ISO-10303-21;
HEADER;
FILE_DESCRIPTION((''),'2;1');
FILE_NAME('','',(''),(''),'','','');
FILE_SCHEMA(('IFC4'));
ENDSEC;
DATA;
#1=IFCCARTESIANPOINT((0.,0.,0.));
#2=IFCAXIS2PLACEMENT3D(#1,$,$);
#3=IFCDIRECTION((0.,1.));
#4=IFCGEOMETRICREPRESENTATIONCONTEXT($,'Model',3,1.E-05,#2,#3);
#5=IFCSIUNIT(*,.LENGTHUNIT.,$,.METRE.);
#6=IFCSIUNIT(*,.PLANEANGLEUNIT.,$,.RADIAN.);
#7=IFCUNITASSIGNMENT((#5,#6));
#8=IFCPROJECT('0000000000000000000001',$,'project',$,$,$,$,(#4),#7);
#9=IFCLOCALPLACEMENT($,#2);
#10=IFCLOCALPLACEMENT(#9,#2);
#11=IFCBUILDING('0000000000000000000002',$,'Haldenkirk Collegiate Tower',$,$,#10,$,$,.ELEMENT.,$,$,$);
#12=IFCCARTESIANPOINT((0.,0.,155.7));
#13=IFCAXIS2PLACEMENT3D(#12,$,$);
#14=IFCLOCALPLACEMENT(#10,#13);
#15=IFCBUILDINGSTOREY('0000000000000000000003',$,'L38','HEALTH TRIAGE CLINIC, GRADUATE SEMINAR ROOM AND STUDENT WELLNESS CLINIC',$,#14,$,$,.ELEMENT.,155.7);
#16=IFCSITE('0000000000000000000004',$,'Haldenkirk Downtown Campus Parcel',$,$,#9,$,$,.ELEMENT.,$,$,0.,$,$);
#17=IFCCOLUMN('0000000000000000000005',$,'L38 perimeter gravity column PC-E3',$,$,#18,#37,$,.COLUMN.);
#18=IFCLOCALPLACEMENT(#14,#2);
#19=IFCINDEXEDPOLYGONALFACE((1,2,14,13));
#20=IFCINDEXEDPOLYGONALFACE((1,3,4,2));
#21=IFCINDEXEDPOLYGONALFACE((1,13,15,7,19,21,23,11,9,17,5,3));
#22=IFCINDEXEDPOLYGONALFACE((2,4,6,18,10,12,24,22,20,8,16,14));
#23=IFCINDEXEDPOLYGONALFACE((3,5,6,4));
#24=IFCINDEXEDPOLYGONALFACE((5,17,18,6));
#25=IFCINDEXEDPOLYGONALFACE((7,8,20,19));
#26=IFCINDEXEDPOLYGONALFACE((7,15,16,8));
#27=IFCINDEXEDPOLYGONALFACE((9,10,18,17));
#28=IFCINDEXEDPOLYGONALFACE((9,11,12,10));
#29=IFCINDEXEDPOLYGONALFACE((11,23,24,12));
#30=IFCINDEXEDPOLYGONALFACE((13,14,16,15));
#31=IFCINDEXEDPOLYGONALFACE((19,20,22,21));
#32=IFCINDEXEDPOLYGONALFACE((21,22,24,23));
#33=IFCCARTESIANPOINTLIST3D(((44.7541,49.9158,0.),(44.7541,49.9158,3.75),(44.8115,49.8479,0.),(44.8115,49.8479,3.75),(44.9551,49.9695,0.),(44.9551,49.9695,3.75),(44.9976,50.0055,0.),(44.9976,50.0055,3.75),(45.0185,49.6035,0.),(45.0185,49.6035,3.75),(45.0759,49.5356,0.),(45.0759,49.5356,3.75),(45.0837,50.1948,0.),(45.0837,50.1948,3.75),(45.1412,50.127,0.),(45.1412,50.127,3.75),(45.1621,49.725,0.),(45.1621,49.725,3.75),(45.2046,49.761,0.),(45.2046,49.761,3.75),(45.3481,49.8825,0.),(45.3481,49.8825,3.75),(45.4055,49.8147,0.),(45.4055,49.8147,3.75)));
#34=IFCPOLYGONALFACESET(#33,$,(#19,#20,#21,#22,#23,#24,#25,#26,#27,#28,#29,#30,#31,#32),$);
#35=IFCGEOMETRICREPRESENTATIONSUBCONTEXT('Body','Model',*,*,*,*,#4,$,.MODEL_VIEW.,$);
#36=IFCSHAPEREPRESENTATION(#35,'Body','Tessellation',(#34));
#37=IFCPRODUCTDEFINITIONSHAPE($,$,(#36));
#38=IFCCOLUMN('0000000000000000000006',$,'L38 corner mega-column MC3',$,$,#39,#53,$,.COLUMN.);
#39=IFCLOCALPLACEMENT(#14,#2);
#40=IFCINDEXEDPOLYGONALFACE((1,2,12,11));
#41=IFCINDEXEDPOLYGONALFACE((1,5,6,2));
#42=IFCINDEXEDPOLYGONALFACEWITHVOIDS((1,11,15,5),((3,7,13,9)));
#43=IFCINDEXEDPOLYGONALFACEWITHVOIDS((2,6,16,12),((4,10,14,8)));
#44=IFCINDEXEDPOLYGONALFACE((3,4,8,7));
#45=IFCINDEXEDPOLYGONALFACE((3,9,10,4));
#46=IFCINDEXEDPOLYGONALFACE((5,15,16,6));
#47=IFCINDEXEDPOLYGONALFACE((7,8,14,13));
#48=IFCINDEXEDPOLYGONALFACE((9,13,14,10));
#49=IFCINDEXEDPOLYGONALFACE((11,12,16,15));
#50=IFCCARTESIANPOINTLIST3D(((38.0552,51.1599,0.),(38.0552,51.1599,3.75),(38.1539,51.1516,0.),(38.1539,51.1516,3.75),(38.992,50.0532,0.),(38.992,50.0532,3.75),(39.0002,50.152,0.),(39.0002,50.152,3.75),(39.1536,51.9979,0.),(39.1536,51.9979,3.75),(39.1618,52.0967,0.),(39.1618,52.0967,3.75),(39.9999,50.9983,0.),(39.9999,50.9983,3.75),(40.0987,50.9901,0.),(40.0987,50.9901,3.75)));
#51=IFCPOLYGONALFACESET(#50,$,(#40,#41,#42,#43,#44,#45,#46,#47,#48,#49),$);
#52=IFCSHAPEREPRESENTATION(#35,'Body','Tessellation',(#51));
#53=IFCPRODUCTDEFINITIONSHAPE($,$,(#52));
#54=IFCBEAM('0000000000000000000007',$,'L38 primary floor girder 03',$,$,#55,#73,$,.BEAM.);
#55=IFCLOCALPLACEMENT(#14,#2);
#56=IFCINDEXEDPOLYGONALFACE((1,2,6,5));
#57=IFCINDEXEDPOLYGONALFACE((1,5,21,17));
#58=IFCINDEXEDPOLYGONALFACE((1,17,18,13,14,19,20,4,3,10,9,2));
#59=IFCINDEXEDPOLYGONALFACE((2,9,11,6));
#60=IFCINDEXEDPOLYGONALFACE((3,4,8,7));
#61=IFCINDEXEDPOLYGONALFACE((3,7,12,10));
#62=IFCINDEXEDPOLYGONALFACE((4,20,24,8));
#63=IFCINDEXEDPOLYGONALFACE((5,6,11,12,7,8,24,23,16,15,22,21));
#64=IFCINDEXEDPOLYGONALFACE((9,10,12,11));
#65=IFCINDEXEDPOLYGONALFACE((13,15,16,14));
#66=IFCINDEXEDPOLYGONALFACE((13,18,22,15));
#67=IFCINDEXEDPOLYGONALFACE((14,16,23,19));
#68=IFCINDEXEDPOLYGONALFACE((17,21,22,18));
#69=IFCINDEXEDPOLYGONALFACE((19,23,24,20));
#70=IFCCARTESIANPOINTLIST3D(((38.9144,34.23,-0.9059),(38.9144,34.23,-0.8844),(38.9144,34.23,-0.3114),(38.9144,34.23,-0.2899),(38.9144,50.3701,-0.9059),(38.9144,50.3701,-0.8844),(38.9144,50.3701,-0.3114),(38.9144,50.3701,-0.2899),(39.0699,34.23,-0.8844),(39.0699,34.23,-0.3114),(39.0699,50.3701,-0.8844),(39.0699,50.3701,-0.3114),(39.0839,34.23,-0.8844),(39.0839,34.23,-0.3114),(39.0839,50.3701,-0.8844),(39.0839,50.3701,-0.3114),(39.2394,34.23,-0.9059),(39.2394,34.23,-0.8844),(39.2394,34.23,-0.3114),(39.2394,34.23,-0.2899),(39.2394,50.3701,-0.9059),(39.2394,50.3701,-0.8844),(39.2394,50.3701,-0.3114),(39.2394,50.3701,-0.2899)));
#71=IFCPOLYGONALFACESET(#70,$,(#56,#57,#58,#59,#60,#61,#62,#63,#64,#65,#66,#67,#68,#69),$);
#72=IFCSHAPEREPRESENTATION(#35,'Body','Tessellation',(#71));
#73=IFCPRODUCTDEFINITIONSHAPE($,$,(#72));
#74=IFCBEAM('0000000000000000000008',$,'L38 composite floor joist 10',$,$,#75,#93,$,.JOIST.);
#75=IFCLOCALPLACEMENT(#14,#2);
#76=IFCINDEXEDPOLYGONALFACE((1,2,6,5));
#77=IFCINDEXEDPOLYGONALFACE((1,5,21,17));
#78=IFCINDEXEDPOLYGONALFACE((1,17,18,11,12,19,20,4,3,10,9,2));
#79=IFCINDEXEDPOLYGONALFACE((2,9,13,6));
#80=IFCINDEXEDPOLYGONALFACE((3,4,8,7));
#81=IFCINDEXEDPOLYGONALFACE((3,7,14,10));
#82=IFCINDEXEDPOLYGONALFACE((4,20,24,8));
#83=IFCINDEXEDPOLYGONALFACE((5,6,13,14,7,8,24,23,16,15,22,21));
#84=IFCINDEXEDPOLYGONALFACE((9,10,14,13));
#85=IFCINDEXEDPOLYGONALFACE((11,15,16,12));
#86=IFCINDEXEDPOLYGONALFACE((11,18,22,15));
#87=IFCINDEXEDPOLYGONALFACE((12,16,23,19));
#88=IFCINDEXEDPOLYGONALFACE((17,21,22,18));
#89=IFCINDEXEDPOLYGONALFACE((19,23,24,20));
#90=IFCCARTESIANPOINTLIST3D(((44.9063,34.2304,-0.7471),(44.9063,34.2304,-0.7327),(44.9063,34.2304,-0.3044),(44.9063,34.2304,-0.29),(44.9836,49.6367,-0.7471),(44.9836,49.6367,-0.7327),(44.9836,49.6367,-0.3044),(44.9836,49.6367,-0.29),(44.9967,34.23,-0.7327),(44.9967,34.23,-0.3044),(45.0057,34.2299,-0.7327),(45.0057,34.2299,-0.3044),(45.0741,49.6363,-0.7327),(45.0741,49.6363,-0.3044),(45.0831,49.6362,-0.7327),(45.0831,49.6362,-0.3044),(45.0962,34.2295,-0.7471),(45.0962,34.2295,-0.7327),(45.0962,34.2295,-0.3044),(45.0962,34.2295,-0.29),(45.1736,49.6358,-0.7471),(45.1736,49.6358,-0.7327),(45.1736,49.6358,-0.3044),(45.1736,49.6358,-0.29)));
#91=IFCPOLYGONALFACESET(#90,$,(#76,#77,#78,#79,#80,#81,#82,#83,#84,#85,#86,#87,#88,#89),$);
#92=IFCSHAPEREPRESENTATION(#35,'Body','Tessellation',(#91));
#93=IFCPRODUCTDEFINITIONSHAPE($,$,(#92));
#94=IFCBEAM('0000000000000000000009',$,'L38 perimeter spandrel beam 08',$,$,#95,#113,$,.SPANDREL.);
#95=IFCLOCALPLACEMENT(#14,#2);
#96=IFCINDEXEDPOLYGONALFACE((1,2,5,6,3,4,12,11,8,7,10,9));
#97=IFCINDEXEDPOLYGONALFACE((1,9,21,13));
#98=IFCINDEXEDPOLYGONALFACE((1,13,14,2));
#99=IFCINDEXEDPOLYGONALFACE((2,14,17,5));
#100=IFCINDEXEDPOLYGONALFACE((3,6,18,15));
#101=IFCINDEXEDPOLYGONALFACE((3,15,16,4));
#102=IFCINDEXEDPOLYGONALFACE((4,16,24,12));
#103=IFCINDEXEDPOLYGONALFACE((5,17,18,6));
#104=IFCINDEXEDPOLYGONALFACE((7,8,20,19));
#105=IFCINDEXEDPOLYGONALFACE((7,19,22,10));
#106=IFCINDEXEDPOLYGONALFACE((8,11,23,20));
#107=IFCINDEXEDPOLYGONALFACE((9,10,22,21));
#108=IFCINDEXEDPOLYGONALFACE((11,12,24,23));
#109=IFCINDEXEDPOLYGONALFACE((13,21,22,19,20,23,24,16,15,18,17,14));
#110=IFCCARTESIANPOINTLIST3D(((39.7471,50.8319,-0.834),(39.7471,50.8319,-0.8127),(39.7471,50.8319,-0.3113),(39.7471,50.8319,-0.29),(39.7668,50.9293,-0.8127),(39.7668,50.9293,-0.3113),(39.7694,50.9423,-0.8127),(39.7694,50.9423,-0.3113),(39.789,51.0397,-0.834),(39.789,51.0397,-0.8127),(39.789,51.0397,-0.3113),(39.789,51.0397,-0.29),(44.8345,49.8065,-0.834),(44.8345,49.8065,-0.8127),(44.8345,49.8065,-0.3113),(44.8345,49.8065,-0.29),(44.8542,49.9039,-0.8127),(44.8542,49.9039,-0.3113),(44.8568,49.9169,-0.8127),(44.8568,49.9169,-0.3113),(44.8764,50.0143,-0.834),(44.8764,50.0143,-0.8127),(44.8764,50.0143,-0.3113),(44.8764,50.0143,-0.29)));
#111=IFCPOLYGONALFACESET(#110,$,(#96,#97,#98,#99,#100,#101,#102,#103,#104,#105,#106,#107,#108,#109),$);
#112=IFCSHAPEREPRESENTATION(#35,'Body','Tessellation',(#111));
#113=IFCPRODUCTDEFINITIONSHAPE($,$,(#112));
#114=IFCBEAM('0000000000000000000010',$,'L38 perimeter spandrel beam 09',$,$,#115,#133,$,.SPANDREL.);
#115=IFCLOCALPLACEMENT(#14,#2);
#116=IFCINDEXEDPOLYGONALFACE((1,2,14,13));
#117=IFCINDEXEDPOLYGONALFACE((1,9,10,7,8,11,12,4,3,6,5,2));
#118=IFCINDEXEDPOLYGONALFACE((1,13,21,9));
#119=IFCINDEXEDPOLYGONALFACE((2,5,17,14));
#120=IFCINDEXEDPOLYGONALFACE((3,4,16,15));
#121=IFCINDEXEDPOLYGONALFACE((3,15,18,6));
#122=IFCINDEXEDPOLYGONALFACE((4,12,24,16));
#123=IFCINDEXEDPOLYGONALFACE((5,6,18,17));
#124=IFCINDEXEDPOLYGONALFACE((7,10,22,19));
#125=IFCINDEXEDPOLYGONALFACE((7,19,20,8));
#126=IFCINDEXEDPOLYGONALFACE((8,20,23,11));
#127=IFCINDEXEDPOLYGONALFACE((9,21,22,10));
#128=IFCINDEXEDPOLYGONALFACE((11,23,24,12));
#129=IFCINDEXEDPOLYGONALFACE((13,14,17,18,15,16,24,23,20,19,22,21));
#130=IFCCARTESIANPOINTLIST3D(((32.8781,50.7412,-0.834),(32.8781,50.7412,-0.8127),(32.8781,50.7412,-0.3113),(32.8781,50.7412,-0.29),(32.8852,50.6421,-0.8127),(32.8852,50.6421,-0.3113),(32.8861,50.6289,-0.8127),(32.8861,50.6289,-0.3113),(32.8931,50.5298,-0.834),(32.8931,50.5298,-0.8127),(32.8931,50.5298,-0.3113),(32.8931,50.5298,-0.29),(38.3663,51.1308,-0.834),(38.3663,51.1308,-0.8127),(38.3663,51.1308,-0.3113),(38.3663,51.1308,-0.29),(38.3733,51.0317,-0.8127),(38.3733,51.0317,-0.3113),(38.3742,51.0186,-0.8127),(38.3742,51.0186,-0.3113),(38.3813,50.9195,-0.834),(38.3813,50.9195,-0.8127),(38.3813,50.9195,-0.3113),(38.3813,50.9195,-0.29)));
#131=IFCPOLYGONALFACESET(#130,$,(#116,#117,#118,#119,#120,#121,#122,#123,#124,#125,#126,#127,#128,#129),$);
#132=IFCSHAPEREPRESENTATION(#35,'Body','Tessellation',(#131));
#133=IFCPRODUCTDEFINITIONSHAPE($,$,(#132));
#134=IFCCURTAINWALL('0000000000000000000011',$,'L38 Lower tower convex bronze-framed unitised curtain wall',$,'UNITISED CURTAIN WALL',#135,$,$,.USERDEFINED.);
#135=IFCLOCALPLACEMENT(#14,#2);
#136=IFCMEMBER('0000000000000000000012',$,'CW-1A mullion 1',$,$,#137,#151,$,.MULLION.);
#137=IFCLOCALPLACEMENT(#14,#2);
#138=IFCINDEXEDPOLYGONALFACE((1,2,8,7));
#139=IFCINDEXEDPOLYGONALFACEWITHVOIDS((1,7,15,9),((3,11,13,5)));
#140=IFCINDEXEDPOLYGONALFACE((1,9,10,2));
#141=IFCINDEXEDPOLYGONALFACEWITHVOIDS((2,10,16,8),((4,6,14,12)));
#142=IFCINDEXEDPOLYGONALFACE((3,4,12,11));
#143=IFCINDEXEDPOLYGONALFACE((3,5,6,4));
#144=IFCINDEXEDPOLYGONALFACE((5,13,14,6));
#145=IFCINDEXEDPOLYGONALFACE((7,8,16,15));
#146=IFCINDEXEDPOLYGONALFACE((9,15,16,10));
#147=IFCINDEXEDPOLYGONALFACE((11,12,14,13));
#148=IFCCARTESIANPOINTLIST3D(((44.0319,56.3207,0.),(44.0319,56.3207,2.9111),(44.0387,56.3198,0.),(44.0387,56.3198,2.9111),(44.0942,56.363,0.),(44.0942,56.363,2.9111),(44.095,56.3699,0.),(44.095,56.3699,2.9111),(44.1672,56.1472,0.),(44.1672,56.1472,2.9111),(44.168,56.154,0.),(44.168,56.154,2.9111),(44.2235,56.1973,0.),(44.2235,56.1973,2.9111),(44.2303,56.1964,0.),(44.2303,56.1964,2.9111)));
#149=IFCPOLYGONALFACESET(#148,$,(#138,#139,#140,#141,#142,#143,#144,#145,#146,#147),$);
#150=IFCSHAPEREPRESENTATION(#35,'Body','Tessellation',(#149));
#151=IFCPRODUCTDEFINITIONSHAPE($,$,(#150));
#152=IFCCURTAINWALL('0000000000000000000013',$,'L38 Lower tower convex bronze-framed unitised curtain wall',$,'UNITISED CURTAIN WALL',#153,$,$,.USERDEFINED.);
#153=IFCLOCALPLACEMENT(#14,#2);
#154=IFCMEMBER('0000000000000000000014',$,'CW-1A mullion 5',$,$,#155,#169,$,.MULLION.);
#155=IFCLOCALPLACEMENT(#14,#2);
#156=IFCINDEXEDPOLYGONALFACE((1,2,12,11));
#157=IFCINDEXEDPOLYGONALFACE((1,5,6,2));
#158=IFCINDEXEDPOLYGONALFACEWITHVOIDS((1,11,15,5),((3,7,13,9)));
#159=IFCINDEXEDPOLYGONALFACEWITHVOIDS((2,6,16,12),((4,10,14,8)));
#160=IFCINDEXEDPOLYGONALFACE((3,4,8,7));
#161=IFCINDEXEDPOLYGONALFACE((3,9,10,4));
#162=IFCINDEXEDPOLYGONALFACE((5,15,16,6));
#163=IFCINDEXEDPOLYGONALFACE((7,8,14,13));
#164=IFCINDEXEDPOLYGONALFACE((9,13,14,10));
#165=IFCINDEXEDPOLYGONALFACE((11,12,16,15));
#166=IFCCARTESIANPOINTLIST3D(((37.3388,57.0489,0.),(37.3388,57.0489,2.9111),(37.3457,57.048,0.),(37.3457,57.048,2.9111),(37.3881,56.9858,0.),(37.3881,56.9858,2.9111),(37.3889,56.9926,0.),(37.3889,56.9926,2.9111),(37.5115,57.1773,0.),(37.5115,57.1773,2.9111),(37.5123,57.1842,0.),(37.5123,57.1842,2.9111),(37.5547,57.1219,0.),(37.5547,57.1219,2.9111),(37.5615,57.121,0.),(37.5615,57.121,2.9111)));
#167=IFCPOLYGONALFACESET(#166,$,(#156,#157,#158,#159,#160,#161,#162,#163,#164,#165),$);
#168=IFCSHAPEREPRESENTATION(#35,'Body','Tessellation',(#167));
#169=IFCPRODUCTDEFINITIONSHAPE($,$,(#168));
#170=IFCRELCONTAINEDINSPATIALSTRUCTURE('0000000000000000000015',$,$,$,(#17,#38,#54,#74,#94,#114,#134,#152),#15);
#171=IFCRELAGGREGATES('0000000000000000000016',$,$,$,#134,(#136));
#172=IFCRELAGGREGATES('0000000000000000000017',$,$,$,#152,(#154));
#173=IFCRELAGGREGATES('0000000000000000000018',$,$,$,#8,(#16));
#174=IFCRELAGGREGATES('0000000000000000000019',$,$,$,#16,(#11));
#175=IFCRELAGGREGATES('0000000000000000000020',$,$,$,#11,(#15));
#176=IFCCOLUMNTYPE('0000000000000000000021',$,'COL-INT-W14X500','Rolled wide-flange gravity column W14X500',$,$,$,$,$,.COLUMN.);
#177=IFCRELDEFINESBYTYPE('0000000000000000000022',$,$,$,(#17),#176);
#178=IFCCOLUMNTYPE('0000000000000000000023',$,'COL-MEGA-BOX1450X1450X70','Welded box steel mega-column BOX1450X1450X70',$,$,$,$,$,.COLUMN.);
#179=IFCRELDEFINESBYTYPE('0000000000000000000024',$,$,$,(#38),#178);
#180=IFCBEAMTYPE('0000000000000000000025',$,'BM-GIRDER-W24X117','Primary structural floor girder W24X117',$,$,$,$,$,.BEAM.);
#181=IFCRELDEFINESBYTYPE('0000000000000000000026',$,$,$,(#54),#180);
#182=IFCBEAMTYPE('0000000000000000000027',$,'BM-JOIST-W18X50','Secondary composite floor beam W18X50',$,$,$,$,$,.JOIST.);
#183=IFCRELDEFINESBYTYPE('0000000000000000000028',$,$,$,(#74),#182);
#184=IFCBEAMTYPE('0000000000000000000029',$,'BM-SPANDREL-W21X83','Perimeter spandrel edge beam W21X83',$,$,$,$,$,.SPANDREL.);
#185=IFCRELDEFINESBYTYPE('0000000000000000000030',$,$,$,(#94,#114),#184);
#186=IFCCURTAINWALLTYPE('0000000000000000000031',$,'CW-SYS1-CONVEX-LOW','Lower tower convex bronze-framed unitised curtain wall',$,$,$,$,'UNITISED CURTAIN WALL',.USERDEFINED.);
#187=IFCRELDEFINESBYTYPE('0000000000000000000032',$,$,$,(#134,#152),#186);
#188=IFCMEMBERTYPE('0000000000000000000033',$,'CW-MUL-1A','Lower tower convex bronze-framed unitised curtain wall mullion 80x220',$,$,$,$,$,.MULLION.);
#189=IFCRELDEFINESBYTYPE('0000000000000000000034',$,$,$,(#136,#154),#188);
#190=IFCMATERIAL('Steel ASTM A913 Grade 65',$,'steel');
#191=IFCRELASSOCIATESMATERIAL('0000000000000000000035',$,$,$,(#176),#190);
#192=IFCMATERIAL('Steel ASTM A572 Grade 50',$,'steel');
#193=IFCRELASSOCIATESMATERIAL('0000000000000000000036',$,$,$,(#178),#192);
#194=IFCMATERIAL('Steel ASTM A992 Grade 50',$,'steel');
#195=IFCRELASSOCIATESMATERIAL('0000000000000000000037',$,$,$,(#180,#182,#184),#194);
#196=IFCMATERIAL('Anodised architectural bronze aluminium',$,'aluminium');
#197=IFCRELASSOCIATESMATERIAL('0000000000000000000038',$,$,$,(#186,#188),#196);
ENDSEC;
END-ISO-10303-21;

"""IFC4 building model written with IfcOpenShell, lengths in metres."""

from ifc_helpers import new_model, si_unit, direction, frame, origin, origin_2d, place, context, subcontext, project, spatial, hollow_rectangle, i_section, extrude, material, material_profile, profile_set, type_object, element, aggregate, save


model = new_model("IFC4")

# Units and contexts
model_context = context("Model", 3, precision=1e-05, world=origin(), true_north=direction((0.0, 1.0)))
body_context = subcontext(model_context, "Body", "Model", "MODEL_VIEW")
ifc_project = project(units=[si_unit("LENGTHUNIT", "METRE"), si_unit("PLANEANGLEUNIT", "RADIAN")], contexts=[model_context])

# Site, building, storey
site_placement = place(None, origin())
site = spatial("IfcSite", under=ifc_project, at=site_placement, Name="Haldenkirk Downtown Campus Parcel", CompositionType="ELEMENT", RefElevation=0.0)
building_placement = place(site_placement, origin())
building = spatial("IfcBuilding", under=site, at=building_placement, Name="Haldenkirk Collegiate Tower", CompositionType="ELEMENT")
storey_placement = place(building_placement, frame((0.0, 0.0, 155.7)))
storey = spatial("IfcBuildingStorey", under=building, at=storey_placement, Name="L38", Description="HEALTH TRIAGE CLINIC, GRADUATE SEMINAR ROOM AND STUDENT WELLNESS CLINIC", CompositionType="ELEMENT", Elevation=155.7)

# Columns
ifc_material_1 = material(Name="Steel ASTM A913 Grade 65", Category="steel")
ifc_material_profile_1 = material_profile(ifc_material_1, i_section(OverallWidth=0.4319, OverallDepth=0.498, WebThickness=0.0557, FlangeThickness=0.0889, at=origin_2d()), Name="W14X500")
ifc_profile_set_1 = profile_set([ifc_material_profile_1], Name="Steel ASTM A913 Grade 65")
column_type_1 = type_object("IfcColumnType", Name="COL-INT-W14X500", Description="Rolled wide-flange gravity column W14X500", PredefinedType="COLUMN", material=ifc_profile_set_1)
column_1_placement = place(storey_placement, frame((45.0798, 49.8652, 0.0), z_axis=(0.0, 0.0, 1.0), x_axis=(0.763232, 0.646124, 0.0)))
element("IfcColumn", 1, at=column_1_placement, inside=storey, type_object=column_type_1, Name="L38 perimeter gravity column PC-E3", PredefinedType="COLUMN", context=body_context, shape_type="SweptSolid", body=[
    extrude(i_section(OverallWidth=0.4319, OverallDepth=0.498, WebThickness=0.0557, FlangeThickness=0.0889, at=origin_2d()), origin(), (0.0, 0.0, 1.0), 3.75),
])
ifc_material_2 = material(Name="Steel ASTM A572 Grade 50", Category="steel")
ifc_material_profile_2 = material_profile(ifc_material_2, hollow_rectangle(XDim=1.45, YDim=1.45, WallThickness=0.0701, at=origin_2d()), Name="BOX1450X1450X70")
ifc_profile_set_2 = profile_set([ifc_material_profile_2], Name="Steel ASTM A572 Grade 50")
column_type_2 = type_object("IfcColumnType", Name="COL-MEGA-BOX1450X1450X70", Description="Welded box steel mega-column BOX1450X1450X70", PredefinedType="COLUMN", material=ifc_profile_set_2)
column_2_placement = place(storey_placement, frame((39.0769, 51.075, 0.0), z_axis=(0.0, 0.0, 1.0), x_axis=(0.763232, 0.646124, 0.0)))
element("IfcColumn", 2, at=column_2_placement, inside=storey, type_object=column_type_2, Name="L38 corner mega-column MC3", PredefinedType="COLUMN", context=body_context, shape_type="SweptSolid", body=[
    extrude(hollow_rectangle(XDim=1.45, YDim=1.45, WallThickness=0.0701, at=origin_2d()), origin(), (0.0, 0.0, 1.0), 3.75),
])

# Beams
ifc_material_3 = material(Name="Steel ASTM A992 Grade 50", Category="steel")
ifc_material_profile_3 = material_profile(ifc_material_3, i_section(OverallWidth=0.325, OverallDepth=0.616, WebThickness=0.0139, FlangeThickness=0.0215, at=origin_2d()), Name="W24X117")
ifc_profile_set_3 = profile_set([ifc_material_profile_3], Name="Steel ASTM A992 Grade 50")
beam_type_1 = type_object("IfcBeamType", Name="BM-GIRDER-W24X117", Description="Primary structural floor girder W24X117", PredefinedType="BEAM", material=ifc_profile_set_3)
beam_1_placement = place(storey_placement, frame((39.0769, 50.3701, -0.5979), z_axis=(0.0, -1.0, 0.0), x_axis=(1.0, 0.0, 0.0)))
element("IfcBeam", 3, at=beam_1_placement, inside=storey, type_object=beam_type_1, Name="L38 primary floor girder 03", PredefinedType="BEAM", context=body_context, shape_type="SweptSolid", body=[
    extrude(i_section(OverallWidth=0.325, OverallDepth=0.616, WebThickness=0.0139, FlangeThickness=0.0215, at=origin_2d()), origin(), (0.0, 0.0, 1.0), 16.1401),
])
ifc_material_profile_4 = material_profile(ifc_material_3, i_section(OverallWidth=0.1899, OverallDepth=0.457, WebThickness=0.009, FlangeThickness=0.0144, at=origin_2d()), Name="W18X50")
ifc_profile_set_4 = profile_set([ifc_material_profile_4], Name="Steel ASTM A992 Grade 50")
beam_type_2 = type_object("IfcBeamType", Name="BM-JOIST-W18X50", Description="Secondary composite floor beam W18X50", PredefinedType="JOIST", material=ifc_profile_set_4)
beam_2_placement = place(storey_placement, frame((45.0786, 49.6362, -0.5186), z_axis=(-0.005023, -0.999987, 0.0), x_axis=(0.999987, -0.005023, 0.0)))
element("IfcBeam", 4, at=beam_2_placement, inside=storey, type_object=beam_type_2, Name="L38 composite floor joist 10", PredefinedType="JOIST", context=body_context, shape_type="SweptSolid", body=[
    extrude(i_section(OverallWidth=0.1899, OverallDepth=0.457, WebThickness=0.009, FlangeThickness=0.0144, at=origin_2d()), origin(), (0.0, 0.0, 1.0), 15.4065),
])
ifc_material_profile_5 = material_profile(ifc_material_3, i_section(OverallWidth=0.2119, OverallDepth=0.5439, WebThickness=0.0132, FlangeThickness=0.0212, at=origin_2d()), Name="W21X83")
ifc_profile_set_5 = profile_set([ifc_material_profile_5], Name="Steel ASTM A992 Grade 50")
beam_type_3 = type_object("IfcBeamType", Name="BM-SPANDREL-W21X83", Description="Perimeter spandrel edge beam W21X83", PredefinedType="SPANDREL", material=ifc_profile_set_5)
beam_3_placement = place(storey_placement, frame((44.8555, 49.9104, -0.562), z_axis=(-0.980286, 0.197581, 0.0), x_axis=(-0.197581, -0.980286, 0.0)))
element("IfcBeam", 5, at=beam_3_placement, inside=storey, type_object=beam_type_3, Name="L38 perimeter spandrel beam 08", PredefinedType="SPANDREL", context=body_context, shape_type="SweptSolid", body=[
    extrude(i_section(OverallWidth=0.2119, OverallDepth=0.5439, WebThickness=0.0132, FlangeThickness=0.0212, at=origin_2d()), origin(), (0.0, 0.0, 1.0), 5.1897),
])
beam_4_placement = place(storey_placement, frame((38.3738, 51.0251, -0.562), z_axis=(-0.997489, -0.070821, 0.0), x_axis=(0.070821, -0.997489, 0.0)))
element("IfcBeam", 6, at=beam_4_placement, inside=storey, type_object=beam_type_3, Name="L38 perimeter spandrel beam 09", PredefinedType="SPANDREL", context=body_context, shape_type="SweptSolid", body=[
    extrude(i_section(OverallWidth=0.2119, OverallDepth=0.5439, WebThickness=0.0132, FlangeThickness=0.0212, at=origin_2d()), origin(), (0.0, 0.0, 1.0), 5.502),
])

# Curtain walls, members
ifc_material_4 = material(Name="Anodised architectural bronze aluminium", Category="aluminium")
curtain_wall_type = type_object("IfcCurtainWallType", Name="CW-SYS1-CONVEX-LOW", Description="Lower tower convex bronze-framed unitised curtain wall", ElementType="UNITISED CURTAIN WALL", PredefinedType="USERDEFINED", material=ifc_material_4)
curtain_wall_1_placement = place(storey_placement, origin())
curtain_wall_1 = element("IfcCurtainWall", 7, at=curtain_wall_1_placement, inside=storey, type_object=curtain_wall_type, Name="L38 Lower tower convex bronze-framed unitised curtain wall", ObjectType="UNITISED CURTAIN WALL", PredefinedType="USERDEFINED")
ifc_material_profile_6 = material_profile(ifc_material_4, hollow_rectangle(XDim=0.0801, YDim=0.22, WallThickness=0.0049, at=origin_2d()), Name="CW-MUL-1A")
ifc_profile_set_6 = profile_set([ifc_material_profile_6], Name="Anodised architectural bronze aluminium")
member_type_1 = type_object("IfcMemberType", Name="CW-MUL-1A", Description="Lower tower convex bronze-framed unitised curtain wall mullion 80x220", PredefinedType="MULLION", material=ifc_profile_set_6)
member_1_placement = place(storey_placement, frame((44.1311, 56.2585, 0.0), z_axis=(0.0, 0.0, 1.0), x_axis=(0.788548, 0.614974, 0.0)))
member_1 = element("IfcMember", 8, at=member_1_placement, type_object=member_type_1, Name="CW-1A mullion 1", PredefinedType="MULLION", context=body_context, shape_type="SweptSolid", body=[
    extrude(hollow_rectangle(XDim=0.0801, YDim=0.22, WallThickness=0.0049, at=origin_2d()), origin(), (0.0, 0.0, 1.0), 2.9111),
])
curtain_wall_2_placement = place(storey_placement, origin())
curtain_wall_2 = element("IfcCurtainWall", 9, at=curtain_wall_2_placement, inside=storey, type_object=curtain_wall_type, Name="L38 Lower tower convex bronze-framed unitised curtain wall", ObjectType="UNITISED CURTAIN WALL", PredefinedType="USERDEFINED")
member_2_placement = place(storey_placement, frame((37.4502, 57.085, 0.0), z_axis=(0.0, 0.0, 1.0), x_axis=(-0.614974, 0.788548, 0.0)))
member_2 = element("IfcMember", 10, at=member_2_placement, type_object=member_type_1, Name="CW-1A mullion 5", PredefinedType="MULLION", context=body_context, shape_type="SweptSolid", body=[
    extrude(hollow_rectangle(XDim=0.0801, YDim=0.22, WallThickness=0.0049, at=origin_2d()), origin(), (0.0, 0.0, 1.0), 2.9111),
])

aggregate(curtain_wall_1, [member_1])
aggregate(curtain_wall_2, [member_2])

save(model, "model.ifc")
